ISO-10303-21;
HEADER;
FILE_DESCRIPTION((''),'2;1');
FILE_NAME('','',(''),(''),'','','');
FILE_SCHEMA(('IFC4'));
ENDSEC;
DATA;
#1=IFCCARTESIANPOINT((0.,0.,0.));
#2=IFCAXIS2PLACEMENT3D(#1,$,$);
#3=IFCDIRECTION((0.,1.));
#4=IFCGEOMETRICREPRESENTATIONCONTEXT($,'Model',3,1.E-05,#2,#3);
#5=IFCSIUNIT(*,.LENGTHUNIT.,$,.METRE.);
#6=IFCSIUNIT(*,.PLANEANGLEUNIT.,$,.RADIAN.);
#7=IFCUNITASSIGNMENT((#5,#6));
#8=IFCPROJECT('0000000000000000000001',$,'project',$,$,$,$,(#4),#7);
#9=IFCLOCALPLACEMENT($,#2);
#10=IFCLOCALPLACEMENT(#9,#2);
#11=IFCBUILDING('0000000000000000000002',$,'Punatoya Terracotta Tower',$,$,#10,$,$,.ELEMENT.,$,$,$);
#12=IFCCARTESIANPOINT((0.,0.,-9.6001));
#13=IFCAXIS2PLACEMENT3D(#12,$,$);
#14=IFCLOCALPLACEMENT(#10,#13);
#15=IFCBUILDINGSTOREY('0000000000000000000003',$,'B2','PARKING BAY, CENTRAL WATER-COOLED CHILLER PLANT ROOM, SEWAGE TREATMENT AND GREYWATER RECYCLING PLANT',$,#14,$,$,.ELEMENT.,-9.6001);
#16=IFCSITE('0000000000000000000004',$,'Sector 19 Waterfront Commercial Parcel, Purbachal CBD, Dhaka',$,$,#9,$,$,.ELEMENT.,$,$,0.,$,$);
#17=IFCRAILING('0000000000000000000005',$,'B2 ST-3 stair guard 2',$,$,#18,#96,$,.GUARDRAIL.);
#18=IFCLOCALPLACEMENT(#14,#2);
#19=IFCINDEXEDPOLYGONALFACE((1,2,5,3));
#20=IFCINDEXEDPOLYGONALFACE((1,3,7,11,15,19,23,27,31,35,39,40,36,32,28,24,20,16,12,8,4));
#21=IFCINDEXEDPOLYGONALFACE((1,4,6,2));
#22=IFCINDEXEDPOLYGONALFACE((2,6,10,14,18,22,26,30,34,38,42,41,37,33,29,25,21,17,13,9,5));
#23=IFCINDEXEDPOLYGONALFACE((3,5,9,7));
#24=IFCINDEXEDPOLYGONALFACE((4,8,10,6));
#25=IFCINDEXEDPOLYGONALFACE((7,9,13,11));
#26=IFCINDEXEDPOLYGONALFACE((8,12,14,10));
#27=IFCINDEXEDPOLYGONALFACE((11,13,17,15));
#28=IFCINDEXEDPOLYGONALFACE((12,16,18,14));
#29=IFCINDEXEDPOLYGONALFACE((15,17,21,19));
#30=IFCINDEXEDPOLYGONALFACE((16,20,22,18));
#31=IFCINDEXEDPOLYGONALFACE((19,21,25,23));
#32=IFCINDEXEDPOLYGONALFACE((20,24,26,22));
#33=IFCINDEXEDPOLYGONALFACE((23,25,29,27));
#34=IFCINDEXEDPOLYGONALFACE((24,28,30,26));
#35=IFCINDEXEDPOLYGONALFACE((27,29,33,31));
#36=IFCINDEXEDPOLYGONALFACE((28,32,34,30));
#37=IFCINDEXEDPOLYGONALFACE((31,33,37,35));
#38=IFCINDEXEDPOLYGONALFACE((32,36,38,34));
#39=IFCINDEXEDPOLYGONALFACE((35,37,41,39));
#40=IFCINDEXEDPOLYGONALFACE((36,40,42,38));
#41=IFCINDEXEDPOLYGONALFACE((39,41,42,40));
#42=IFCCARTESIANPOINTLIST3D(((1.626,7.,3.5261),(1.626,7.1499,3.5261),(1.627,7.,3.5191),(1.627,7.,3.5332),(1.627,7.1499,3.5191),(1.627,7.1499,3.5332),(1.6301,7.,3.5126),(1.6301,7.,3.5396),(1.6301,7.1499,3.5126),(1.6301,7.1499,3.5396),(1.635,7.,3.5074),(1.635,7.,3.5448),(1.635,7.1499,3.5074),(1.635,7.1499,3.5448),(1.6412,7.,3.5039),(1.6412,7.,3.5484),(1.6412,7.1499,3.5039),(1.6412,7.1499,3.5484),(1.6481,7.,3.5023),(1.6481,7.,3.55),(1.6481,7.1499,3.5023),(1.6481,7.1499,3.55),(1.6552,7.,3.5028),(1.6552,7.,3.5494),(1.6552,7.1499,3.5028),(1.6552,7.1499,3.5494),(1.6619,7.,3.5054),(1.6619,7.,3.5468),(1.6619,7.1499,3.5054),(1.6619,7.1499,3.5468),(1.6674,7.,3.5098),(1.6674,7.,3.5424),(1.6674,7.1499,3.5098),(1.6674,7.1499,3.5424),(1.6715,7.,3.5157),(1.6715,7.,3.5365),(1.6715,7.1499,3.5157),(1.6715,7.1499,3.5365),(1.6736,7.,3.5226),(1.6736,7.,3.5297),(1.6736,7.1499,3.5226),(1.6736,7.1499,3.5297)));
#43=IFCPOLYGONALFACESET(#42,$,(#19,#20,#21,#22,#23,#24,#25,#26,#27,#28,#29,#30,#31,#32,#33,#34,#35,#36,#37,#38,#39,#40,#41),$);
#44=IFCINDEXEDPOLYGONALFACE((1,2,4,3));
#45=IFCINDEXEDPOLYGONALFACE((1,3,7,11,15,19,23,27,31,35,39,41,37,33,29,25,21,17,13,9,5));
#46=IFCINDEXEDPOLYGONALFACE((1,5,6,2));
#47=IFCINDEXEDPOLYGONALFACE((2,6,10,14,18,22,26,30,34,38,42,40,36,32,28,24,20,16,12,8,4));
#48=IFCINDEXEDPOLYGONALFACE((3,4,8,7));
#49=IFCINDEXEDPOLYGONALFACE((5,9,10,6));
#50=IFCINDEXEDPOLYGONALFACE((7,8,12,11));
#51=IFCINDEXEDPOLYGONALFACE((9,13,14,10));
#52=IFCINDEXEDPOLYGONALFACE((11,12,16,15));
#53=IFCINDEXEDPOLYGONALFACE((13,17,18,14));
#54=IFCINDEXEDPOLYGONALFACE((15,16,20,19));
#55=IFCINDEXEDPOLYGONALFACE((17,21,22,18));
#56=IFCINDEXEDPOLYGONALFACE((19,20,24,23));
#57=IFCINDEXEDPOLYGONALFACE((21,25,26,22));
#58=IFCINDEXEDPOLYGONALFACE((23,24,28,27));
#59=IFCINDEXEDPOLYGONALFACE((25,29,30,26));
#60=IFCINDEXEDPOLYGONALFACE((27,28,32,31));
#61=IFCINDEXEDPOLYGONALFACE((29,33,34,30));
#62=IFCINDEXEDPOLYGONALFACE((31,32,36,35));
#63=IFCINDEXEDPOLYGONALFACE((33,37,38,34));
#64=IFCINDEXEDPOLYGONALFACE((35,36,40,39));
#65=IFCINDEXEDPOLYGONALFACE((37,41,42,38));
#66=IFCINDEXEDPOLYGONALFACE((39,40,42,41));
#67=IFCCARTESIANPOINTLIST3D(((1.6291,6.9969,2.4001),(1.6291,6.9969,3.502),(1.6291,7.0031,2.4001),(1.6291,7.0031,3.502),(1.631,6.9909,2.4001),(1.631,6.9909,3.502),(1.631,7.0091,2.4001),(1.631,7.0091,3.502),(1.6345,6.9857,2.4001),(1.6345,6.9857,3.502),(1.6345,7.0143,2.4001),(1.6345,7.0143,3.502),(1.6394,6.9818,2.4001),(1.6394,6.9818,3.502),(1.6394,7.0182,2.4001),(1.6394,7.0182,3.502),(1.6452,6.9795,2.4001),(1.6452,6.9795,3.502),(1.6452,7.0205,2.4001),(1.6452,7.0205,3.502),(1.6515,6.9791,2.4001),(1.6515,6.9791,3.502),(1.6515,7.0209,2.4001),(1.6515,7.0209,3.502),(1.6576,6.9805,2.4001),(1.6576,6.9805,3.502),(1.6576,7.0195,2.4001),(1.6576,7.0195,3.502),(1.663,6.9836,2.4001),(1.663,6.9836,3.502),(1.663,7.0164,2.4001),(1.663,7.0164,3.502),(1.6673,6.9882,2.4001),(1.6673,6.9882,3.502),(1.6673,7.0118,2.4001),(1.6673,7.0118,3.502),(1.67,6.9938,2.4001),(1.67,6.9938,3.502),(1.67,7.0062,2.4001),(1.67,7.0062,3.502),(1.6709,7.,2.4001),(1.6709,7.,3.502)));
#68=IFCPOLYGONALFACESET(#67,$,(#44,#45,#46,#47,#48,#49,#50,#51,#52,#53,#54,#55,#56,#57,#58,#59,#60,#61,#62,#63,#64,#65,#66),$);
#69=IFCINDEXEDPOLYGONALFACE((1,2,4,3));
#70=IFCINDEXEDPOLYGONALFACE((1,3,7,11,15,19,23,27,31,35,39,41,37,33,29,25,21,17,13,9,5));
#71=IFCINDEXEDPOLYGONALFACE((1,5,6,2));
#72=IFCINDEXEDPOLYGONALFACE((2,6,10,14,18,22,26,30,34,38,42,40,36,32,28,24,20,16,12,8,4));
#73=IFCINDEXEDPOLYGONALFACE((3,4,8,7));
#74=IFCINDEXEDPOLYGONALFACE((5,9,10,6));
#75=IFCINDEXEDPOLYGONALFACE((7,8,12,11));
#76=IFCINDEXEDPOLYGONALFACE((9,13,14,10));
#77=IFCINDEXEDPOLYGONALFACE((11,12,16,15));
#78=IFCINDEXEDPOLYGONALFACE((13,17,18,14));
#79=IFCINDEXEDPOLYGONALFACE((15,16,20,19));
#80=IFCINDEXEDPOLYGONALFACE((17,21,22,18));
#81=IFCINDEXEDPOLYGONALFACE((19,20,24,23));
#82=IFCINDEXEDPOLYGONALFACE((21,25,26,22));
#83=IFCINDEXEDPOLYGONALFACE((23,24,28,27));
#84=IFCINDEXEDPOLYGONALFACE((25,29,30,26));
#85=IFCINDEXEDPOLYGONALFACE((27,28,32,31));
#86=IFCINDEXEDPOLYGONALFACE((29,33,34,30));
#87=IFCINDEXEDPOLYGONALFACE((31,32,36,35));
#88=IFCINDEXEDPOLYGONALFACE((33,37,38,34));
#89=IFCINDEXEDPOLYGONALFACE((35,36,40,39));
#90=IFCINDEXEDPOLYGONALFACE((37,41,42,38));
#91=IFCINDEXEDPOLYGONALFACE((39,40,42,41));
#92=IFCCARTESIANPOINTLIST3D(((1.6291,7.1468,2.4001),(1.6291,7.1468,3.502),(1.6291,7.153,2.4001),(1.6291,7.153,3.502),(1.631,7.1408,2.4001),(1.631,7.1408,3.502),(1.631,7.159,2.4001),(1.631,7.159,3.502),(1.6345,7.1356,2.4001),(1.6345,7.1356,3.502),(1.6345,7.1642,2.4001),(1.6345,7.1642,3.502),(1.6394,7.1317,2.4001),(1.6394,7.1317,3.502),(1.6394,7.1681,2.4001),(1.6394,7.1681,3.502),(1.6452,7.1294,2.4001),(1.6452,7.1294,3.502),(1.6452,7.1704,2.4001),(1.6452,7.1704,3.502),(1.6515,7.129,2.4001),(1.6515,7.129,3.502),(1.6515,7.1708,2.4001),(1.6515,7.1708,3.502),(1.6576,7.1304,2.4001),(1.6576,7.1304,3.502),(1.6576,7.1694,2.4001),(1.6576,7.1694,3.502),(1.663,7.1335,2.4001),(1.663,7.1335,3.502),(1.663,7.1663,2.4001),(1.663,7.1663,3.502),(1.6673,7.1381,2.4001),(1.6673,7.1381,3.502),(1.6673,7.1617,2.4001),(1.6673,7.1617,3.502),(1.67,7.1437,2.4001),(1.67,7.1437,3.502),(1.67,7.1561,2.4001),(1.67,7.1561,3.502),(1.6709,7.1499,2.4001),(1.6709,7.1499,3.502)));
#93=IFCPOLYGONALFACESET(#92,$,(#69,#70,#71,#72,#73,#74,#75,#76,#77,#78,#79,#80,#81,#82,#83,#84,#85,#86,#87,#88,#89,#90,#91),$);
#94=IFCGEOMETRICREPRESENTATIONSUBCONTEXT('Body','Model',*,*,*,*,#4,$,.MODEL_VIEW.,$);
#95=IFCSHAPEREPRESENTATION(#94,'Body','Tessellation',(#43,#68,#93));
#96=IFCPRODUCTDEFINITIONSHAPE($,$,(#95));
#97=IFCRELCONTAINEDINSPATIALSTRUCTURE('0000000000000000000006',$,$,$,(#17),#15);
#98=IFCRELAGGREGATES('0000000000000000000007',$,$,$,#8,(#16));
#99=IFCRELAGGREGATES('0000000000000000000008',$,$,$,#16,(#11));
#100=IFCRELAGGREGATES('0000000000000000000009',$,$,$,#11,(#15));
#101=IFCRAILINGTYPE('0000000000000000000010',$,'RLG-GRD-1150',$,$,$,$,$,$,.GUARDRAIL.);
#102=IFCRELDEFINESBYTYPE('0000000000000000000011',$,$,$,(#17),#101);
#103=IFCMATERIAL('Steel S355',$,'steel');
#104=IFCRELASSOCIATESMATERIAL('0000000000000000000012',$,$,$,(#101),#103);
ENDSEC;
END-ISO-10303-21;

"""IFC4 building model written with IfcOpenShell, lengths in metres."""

from ifc_helpers import new_model, si_unit, direction, frame, origin, origin_2d, place, context, subcontext, project, spatial, circle, extrude, material, type_object, element, save


model = new_model("IFC4")

# Units and contexts
model_context = context("Model", 3, precision=1e-05, world=origin(), true_north=direction((0.0, 1.0)))
body_context = subcontext(model_context, "Body", "Model", "MODEL_VIEW")
ifc_project = project(units=[si_unit("LENGTHUNIT", "METRE"), si_unit("PLANEANGLEUNIT", "RADIAN")], contexts=[model_context])

# Site, building, storey
site_placement = place(None, origin())
site = spatial("IfcSite", under=ifc_project, at=site_placement, Name="Sector 19 Waterfront Commercial Parcel, Purbachal CBD, Dhaka", CompositionType="ELEMENT", RefElevation=0.0)
building_placement = place(site_placement, origin())
building = spatial("IfcBuilding", under=site, at=building_placement, Name="Punatoya Terracotta Tower", CompositionType="ELEMENT")
storey_placement = place(building_placement, frame((0.0, 0.0, -9.6001)))
storey = spatial("IfcBuildingStorey", under=building, at=storey_placement, Name="B2", Description="PARKING BAY, CENTRAL WATER-COOLED CHILLER PLANT ROOM, SEWAGE TREATMENT AND GREYWATER RECYCLING PLANT", CompositionType="ELEMENT", Elevation=-9.6001)

# Shared definitions
ifc_material_1 = material(Name="Steel S355", Category="steel")

# Railing
railing_type_1 = type_object("IfcRailingType", Name="RLG-GRD-1150", PredefinedType="GUARDRAIL", material=ifc_material_1)
railing_1_placement = place(storey_placement, frame((1.6499, 7.0, 2.4001)))
element("IfcRailing", 1, at=railing_1_placement, inside=storey, type_object=railing_type_1, Name="B2 ST-3 stair guard 2", PredefinedType="GUARDRAIL", context=body_context, shape_type="SweptSolid", body=[
    extrude(circle(Radius=0.0239, at=origin_2d()), frame((0.0, 0.0, 1.126), z_axis=(0.0, 1.0, 0.0), x_axis=(-1.0, 0.0, 0.0)), (0.0, 0.0, 1.0), 0.1499),
    extrude(circle(Radius=0.021, at=origin_2d()), origin(), (0.0, 0.0, 1.0), 1.1018),
    extrude(circle(Radius=0.021, at=origin_2d()), frame((0.0, 0.1499, 0.0)), (0.0, 0.0, 1.0), 1.1018),
])

save(model, "model.ifc")
